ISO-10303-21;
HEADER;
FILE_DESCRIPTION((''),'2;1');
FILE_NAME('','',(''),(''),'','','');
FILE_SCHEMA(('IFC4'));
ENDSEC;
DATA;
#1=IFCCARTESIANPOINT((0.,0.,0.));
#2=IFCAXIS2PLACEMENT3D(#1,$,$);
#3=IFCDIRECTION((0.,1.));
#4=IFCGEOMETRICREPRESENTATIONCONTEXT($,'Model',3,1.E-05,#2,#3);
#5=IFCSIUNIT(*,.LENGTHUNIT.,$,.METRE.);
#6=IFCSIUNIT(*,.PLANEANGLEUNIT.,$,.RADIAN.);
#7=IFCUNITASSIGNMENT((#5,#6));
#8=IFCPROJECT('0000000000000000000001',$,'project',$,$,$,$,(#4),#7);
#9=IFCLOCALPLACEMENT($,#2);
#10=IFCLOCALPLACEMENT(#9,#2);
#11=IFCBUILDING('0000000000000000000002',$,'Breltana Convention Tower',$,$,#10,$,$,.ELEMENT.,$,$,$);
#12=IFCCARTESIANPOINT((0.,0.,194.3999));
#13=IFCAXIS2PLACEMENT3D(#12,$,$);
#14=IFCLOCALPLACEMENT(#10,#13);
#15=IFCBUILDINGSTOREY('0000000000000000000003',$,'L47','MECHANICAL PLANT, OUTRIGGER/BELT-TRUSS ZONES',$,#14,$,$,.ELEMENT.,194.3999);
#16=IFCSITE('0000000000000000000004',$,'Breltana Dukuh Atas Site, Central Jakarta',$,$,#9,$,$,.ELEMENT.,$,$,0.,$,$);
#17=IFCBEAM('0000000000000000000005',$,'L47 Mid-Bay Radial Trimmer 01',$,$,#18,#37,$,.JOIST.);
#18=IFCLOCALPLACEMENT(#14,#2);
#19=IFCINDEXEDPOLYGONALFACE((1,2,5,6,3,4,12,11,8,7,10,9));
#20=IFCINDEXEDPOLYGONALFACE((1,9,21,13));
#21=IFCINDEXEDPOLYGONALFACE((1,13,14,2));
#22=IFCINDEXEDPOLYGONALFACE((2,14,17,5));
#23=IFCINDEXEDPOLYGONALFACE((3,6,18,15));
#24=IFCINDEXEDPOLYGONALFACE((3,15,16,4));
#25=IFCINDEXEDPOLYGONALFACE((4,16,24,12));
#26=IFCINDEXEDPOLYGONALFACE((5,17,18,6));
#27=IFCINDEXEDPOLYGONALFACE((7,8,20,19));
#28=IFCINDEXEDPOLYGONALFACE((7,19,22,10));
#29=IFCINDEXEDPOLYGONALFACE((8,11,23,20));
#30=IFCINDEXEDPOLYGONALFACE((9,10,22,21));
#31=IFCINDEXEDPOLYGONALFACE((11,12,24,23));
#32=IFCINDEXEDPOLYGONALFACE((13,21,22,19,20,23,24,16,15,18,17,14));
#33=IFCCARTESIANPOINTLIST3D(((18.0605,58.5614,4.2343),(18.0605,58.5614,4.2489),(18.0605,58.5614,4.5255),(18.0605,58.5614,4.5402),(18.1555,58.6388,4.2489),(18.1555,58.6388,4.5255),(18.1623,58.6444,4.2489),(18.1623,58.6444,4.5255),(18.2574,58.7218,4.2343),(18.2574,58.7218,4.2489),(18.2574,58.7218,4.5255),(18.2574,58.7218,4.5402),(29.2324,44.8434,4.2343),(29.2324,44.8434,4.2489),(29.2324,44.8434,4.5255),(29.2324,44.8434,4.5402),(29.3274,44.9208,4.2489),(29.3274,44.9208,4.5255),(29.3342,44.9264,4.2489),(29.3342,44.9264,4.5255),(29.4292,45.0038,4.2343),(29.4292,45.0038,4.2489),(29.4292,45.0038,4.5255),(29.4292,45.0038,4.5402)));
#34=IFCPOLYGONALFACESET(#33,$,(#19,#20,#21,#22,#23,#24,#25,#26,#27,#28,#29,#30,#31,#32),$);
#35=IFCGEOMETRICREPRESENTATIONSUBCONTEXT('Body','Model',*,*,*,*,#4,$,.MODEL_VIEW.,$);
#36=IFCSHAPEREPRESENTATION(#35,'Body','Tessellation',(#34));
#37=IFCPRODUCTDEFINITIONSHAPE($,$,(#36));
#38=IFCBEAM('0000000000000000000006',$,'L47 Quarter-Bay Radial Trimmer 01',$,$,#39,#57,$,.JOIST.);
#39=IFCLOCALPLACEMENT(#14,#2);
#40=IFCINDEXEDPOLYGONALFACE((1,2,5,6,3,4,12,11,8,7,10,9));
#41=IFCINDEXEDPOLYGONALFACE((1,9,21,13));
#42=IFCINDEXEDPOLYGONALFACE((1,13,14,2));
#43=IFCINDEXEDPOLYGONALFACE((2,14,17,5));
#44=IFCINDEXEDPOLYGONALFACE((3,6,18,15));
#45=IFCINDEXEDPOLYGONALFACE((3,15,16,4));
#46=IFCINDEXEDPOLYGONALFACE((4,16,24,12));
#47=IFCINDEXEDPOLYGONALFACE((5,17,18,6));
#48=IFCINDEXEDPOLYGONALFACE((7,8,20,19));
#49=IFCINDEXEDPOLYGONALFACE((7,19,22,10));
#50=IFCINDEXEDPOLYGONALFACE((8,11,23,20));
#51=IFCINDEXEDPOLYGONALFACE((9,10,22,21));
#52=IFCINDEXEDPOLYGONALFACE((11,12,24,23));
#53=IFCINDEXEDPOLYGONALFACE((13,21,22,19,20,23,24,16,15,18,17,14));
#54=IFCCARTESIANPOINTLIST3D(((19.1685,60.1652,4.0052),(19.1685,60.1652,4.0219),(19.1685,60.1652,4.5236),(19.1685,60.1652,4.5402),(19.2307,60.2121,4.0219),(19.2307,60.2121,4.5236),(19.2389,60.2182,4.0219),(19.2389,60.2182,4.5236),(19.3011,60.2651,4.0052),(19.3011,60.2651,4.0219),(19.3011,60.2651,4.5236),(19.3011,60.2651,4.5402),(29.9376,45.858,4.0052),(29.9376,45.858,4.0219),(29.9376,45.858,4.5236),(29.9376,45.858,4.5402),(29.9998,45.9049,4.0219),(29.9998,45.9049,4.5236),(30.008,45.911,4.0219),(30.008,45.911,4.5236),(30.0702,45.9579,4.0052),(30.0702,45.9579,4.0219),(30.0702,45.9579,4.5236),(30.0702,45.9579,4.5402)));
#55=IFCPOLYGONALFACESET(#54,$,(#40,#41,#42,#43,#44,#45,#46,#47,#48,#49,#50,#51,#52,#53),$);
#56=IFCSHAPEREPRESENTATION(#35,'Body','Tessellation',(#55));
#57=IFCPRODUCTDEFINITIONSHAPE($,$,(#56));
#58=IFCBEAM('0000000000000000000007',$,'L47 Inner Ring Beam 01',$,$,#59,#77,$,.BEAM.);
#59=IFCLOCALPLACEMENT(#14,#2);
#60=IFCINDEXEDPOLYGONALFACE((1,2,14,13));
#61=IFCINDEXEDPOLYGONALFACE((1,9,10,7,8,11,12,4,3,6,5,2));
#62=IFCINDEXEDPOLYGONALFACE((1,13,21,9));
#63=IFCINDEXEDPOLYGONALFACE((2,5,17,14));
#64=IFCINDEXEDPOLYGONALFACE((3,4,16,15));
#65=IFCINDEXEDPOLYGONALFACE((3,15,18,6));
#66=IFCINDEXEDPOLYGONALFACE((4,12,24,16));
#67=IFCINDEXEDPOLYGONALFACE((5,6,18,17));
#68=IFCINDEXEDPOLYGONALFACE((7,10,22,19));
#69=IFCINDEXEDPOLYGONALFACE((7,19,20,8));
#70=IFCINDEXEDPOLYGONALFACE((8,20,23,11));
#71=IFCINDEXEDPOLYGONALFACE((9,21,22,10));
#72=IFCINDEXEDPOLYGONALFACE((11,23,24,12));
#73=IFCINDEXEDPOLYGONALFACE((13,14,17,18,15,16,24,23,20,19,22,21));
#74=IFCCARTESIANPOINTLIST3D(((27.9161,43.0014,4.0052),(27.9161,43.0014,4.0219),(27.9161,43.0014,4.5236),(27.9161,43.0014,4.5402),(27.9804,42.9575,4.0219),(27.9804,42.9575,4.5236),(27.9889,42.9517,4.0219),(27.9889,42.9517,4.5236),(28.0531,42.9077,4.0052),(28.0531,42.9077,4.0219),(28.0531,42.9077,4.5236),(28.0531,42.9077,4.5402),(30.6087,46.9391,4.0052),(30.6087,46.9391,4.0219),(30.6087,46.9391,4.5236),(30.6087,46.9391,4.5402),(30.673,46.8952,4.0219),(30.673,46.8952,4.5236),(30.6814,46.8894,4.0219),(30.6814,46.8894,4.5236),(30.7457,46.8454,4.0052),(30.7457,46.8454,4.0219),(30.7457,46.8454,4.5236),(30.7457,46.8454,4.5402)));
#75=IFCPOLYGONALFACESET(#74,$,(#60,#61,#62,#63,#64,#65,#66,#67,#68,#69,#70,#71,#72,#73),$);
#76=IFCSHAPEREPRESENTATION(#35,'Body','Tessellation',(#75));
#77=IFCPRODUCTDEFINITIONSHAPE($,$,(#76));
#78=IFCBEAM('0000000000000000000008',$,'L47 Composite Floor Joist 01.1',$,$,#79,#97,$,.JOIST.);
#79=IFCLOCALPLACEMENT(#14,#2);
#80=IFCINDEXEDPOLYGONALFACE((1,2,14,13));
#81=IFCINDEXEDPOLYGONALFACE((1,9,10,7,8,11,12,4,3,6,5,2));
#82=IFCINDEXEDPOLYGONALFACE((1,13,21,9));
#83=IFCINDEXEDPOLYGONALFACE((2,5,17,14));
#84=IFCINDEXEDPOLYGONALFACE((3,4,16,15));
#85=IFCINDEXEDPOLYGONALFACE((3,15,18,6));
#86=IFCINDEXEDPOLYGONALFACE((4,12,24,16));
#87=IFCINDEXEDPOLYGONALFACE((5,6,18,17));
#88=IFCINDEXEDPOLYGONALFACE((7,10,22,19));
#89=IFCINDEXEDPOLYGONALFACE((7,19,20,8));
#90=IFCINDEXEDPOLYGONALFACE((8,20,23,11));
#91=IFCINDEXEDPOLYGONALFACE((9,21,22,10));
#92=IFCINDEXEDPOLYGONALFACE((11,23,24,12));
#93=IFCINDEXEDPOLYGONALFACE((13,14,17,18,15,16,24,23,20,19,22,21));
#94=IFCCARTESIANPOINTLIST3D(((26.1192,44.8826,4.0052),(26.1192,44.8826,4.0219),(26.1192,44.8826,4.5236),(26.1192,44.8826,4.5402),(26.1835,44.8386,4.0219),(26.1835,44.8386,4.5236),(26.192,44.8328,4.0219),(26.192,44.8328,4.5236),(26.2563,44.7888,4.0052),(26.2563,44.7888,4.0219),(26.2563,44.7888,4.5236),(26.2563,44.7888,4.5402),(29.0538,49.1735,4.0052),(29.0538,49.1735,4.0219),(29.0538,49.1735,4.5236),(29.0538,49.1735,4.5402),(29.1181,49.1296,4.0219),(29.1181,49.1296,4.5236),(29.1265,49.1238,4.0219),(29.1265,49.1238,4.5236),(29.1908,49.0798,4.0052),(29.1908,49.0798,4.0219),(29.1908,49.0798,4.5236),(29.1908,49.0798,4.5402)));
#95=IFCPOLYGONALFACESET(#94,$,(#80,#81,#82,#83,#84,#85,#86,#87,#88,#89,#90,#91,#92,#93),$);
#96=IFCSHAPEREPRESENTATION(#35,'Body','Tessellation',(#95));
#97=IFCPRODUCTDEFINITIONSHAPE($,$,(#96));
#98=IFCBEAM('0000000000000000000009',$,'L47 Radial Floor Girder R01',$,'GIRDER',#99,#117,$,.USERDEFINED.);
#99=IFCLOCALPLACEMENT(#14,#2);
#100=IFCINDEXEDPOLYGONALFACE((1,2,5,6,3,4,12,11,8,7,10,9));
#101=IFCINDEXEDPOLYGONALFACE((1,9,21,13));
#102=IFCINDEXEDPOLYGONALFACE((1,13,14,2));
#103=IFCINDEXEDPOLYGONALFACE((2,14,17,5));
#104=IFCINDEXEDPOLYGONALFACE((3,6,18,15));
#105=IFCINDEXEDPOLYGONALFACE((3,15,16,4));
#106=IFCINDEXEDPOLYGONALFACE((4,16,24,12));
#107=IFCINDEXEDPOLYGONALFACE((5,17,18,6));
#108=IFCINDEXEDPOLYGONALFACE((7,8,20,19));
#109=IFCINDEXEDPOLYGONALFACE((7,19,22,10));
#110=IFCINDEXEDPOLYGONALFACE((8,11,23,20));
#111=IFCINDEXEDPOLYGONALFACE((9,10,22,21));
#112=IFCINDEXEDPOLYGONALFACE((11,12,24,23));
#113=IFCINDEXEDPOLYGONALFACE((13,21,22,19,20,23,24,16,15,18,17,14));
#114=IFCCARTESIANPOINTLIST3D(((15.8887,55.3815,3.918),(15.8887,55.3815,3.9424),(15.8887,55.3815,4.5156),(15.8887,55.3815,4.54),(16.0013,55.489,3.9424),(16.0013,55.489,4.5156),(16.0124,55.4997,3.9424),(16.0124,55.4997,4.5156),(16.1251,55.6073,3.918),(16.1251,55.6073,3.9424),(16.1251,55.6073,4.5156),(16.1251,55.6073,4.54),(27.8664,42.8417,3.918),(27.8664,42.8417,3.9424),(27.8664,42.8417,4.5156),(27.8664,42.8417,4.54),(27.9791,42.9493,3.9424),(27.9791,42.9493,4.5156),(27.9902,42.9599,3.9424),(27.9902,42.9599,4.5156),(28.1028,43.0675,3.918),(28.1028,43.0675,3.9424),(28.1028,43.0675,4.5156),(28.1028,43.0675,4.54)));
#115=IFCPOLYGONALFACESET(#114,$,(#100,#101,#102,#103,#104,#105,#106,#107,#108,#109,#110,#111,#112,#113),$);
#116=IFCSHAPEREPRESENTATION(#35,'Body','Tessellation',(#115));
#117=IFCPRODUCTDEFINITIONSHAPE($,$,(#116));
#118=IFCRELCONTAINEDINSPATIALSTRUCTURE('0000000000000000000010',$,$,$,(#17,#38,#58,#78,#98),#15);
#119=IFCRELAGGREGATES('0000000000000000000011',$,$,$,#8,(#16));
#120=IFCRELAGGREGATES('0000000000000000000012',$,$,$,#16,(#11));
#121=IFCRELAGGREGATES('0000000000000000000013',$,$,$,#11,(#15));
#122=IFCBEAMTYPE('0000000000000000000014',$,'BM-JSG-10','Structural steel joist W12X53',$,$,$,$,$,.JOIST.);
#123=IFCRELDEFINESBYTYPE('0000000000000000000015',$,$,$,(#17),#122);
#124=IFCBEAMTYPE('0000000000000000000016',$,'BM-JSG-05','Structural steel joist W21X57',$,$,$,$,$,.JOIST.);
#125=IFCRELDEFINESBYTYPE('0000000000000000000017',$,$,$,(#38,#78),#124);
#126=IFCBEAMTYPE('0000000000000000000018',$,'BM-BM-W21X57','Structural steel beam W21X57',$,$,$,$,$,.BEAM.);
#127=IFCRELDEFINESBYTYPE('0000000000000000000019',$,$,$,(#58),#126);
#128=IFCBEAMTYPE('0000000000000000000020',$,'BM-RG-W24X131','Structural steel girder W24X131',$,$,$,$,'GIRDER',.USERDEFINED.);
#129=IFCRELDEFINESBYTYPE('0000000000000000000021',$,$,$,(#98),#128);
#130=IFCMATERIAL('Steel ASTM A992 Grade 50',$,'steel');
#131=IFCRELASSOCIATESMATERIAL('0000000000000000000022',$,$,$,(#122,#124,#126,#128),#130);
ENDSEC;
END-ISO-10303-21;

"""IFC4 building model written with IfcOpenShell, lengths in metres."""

from ifc_helpers import new_model, si_unit, direction, frame, origin, origin_2d, place, context, subcontext, project, spatial, i_section, extrude, source, transform, mapped, material, material_profile, profile_set, type_object, type_shapes, element, save


model = new_model("IFC4")

# Units and contexts
model_context = context("Model", 3, precision=1e-05, world=origin(), true_north=direction((0.0, 1.0)))
body_context = subcontext(model_context, "Body", "Model", "MODEL_VIEW")
ifc_project = project(units=[si_unit("LENGTHUNIT", "METRE"), si_unit("PLANEANGLEUNIT", "RADIAN")], contexts=[model_context])

# Site, building, storey
site_placement = place(None, origin())
site = spatial("IfcSite", under=ifc_project, at=site_placement, Name="Breltana Dukuh Atas Site, Central Jakarta", CompositionType="ELEMENT", RefElevation=0.0)
building_placement = place(site_placement, origin())
building = spatial("IfcBuilding", under=site, at=building_placement, Name="Breltana Convention Tower", CompositionType="ELEMENT")
storey_placement = place(building_placement, frame((0.0, 0.0, 194.3999)))
storey = spatial("IfcBuildingStorey", under=building, at=storey_placement, Name="L47", Description="MECHANICAL PLANT, OUTRIGGER/BELT-TRUSS ZONES", CompositionType="ELEMENT", Elevation=194.3999)

# Beams
ifc_material_1 = material(Name="Steel ASTM A992 Grade 50", Category="steel")
ifc_material_profile_1 = material_profile(ifc_material_1, i_section(OverallWidth=0.2539, OverallDepth=0.3059, WebThickness=0.0088, FlangeThickness=0.0146, at=origin_2d()), Name="W12X53")
ifc_profile_set_1 = profile_set([ifc_material_profile_1], Name="Steel ASTM A992 Grade 50")
beam_type_1 = type_object("IfcBeamType", Name="BM-JSG-10", Description="Structural steel joist W12X53", PredefinedType="JOIST", material=ifc_profile_set_1)
shared_shape_1 = source(origin(), body_context, "Body", "SweptSolid", [
    extrude(i_section(OverallWidth=0.2539, OverallDepth=0.3059, WebThickness=0.0088, FlangeThickness=0.0146, at=origin_2d()), origin(), (0.0, 0.0, 1.0), 17.6917),
])
type_shapes(beam_type_1, [shared_shape_1])
beam_1_placement = place(storey_placement, frame((29.3308, 44.9236, 4.3872), z_axis=(-0.631477, 0.775395, 0.0), x_axis=(-0.775395, -0.631477, 0.0)))
element("IfcBeam", 1, at=beam_1_placement, inside=storey, type_object=beam_type_1, Name="L47 Mid-Bay Radial Trimmer 01", PredefinedType="JOIST", context=body_context, shape_type="MappedRepresentation", body=[
    mapped(shared_shape_1, transform((0.0, 0.0, 0.0), scale=1.0)),
])
ifc_material_profile_2 = material_profile(ifc_material_1, i_section(OverallWidth=0.166, OverallDepth=0.5349, WebThickness=0.0103, FlangeThickness=0.0166, at=origin_2d()), Name="W21X57")
ifc_profile_set_2 = profile_set([ifc_material_profile_2], Name="Steel ASTM A992 Grade 50")
beam_type_2 = type_object("IfcBeamType", Name="BM-JSG-05", Description="Structural steel joist W21X57", PredefinedType="JOIST", material=ifc_profile_set_2)
shared_shape_2 = source(origin(), body_context, "Body", "SweptSolid", [
    extrude(i_section(OverallWidth=0.166, OverallDepth=0.5349, WebThickness=0.0103, FlangeThickness=0.0166, at=origin_2d()), origin(), (0.0, 0.0, 1.0), 17.9072),
])
beam_2_placement = place(storey_placement, frame((30.0039, 45.908, 4.2727), z_axis=(-0.601382, 0.798962, 0.0), x_axis=(-0.798962, -0.601382, 0.0)))
element("IfcBeam", 2, at=beam_2_placement, inside=storey, type_object=beam_type_2, Name="L47 Quarter-Bay Radial Trimmer 01", PredefinedType="JOIST", context=body_context, shape_type="MappedRepresentation", body=[
    mapped(shared_shape_2, transform((0.0, 0.0, 0.0), scale=1.0)),
])
ifc_material_profile_3 = material_profile(ifc_material_1, i_section(OverallWidth=0.166, OverallDepth=0.5349, WebThickness=0.0103, FlangeThickness=0.0166, at=origin_2d()), Name="W21X57")
ifc_profile_set_3 = profile_set([ifc_material_profile_3], Name="Steel ASTM A992 Grade 50")
beam_type_3 = type_object("IfcBeamType", Name="BM-BM-W21X57", Description="Structural steel beam W21X57", PredefinedType="BEAM", material=ifc_profile_set_3)
shared_shape_3 = source(origin(), body_context, "Body", "SweptSolid", [
    extrude(i_section(OverallWidth=0.166, OverallDepth=0.5349, WebThickness=0.0103, FlangeThickness=0.0166, at=origin_2d()), origin(), (0.0, 0.0, 1.0), 4.7703),
])
beam_3_placement = place(storey_placement, frame((27.9846, 42.9546, 4.2727), z_axis=(0.564453, 0.825465, 0.0), x_axis=(-0.825465, 0.564453, 0.0)))
element("IfcBeam", 3, at=beam_3_placement, inside=storey, type_object=beam_type_3, Name="L47 Inner Ring Beam 01", PredefinedType="BEAM", context=body_context, shape_type="MappedRepresentation", body=[
    mapped(shared_shape_3, transform((0.0, 0.0, 0.0), scale=1.0)),
])
shared_shape_4 = source(origin(), body_context, "Body", "SweptSolid", [
    extrude(i_section(OverallWidth=0.166, OverallDepth=0.5349, WebThickness=0.0103, FlangeThickness=0.0166, at=origin_2d()), origin(), (0.0, 0.0, 1.0), 5.1985),
])
beam_4_placement = place(storey_placement, frame((26.1877, 44.8357, 4.2727), z_axis=(0.564502, 0.825432, 0.0), x_axis=(-0.825432, 0.564502, 0.0)))
element("IfcBeam", 4, at=beam_4_placement, inside=storey, type_object=beam_type_2, Name="L47 Composite Floor Joist 01.1", PredefinedType="JOIST", context=body_context, shape_type="MappedRepresentation", body=[
    mapped(shared_shape_4, transform((0.0, 0.0, 0.0), scale=1.0)),
])
ifc_material_profile_4 = material_profile(ifc_material_1, i_section(OverallWidth=0.3269, OverallDepth=0.6221, WebThickness=0.0154, FlangeThickness=0.0244, at=origin_2d()), Name="W24X131")
ifc_profile_set_4 = profile_set([ifc_material_profile_4], Name="Steel ASTM A992 Grade 50")
beam_type_4 = type_object("IfcBeamType", Name="BM-RG-W24X131", Description="Structural steel girder W24X131", ElementType="GIRDER", PredefinedType="USERDEFINED", material=ifc_profile_set_4)
shared_shape_5 = source(origin(), body_context, "Body", "SweptSolid", [
    extrude(i_section(OverallWidth=0.3269, OverallDepth=0.6221, WebThickness=0.0154, FlangeThickness=0.0244, at=origin_2d()), origin(), (0.0, 0.0, 1.0), 17.3411),
])
type_shapes(beam_type_4, [shared_shape_5])
beam_5_placement = place(storey_placement, frame((27.9846, 42.9546, 4.229), z_axis=(-0.690716, 0.723126, 0.0), x_axis=(-0.723126, -0.690716, 0.0)))
element("IfcBeam", 5, at=beam_5_placement, inside=storey, type_object=beam_type_4, Name="L47 Radial Floor Girder R01", ObjectType="GIRDER", PredefinedType="USERDEFINED", context=body_context, shape_type="MappedRepresentation", body=[
    mapped(shared_shape_5, transform((0.0, 0.0, 0.0), scale=1.0)),
])

save(model, "model.ifc")
